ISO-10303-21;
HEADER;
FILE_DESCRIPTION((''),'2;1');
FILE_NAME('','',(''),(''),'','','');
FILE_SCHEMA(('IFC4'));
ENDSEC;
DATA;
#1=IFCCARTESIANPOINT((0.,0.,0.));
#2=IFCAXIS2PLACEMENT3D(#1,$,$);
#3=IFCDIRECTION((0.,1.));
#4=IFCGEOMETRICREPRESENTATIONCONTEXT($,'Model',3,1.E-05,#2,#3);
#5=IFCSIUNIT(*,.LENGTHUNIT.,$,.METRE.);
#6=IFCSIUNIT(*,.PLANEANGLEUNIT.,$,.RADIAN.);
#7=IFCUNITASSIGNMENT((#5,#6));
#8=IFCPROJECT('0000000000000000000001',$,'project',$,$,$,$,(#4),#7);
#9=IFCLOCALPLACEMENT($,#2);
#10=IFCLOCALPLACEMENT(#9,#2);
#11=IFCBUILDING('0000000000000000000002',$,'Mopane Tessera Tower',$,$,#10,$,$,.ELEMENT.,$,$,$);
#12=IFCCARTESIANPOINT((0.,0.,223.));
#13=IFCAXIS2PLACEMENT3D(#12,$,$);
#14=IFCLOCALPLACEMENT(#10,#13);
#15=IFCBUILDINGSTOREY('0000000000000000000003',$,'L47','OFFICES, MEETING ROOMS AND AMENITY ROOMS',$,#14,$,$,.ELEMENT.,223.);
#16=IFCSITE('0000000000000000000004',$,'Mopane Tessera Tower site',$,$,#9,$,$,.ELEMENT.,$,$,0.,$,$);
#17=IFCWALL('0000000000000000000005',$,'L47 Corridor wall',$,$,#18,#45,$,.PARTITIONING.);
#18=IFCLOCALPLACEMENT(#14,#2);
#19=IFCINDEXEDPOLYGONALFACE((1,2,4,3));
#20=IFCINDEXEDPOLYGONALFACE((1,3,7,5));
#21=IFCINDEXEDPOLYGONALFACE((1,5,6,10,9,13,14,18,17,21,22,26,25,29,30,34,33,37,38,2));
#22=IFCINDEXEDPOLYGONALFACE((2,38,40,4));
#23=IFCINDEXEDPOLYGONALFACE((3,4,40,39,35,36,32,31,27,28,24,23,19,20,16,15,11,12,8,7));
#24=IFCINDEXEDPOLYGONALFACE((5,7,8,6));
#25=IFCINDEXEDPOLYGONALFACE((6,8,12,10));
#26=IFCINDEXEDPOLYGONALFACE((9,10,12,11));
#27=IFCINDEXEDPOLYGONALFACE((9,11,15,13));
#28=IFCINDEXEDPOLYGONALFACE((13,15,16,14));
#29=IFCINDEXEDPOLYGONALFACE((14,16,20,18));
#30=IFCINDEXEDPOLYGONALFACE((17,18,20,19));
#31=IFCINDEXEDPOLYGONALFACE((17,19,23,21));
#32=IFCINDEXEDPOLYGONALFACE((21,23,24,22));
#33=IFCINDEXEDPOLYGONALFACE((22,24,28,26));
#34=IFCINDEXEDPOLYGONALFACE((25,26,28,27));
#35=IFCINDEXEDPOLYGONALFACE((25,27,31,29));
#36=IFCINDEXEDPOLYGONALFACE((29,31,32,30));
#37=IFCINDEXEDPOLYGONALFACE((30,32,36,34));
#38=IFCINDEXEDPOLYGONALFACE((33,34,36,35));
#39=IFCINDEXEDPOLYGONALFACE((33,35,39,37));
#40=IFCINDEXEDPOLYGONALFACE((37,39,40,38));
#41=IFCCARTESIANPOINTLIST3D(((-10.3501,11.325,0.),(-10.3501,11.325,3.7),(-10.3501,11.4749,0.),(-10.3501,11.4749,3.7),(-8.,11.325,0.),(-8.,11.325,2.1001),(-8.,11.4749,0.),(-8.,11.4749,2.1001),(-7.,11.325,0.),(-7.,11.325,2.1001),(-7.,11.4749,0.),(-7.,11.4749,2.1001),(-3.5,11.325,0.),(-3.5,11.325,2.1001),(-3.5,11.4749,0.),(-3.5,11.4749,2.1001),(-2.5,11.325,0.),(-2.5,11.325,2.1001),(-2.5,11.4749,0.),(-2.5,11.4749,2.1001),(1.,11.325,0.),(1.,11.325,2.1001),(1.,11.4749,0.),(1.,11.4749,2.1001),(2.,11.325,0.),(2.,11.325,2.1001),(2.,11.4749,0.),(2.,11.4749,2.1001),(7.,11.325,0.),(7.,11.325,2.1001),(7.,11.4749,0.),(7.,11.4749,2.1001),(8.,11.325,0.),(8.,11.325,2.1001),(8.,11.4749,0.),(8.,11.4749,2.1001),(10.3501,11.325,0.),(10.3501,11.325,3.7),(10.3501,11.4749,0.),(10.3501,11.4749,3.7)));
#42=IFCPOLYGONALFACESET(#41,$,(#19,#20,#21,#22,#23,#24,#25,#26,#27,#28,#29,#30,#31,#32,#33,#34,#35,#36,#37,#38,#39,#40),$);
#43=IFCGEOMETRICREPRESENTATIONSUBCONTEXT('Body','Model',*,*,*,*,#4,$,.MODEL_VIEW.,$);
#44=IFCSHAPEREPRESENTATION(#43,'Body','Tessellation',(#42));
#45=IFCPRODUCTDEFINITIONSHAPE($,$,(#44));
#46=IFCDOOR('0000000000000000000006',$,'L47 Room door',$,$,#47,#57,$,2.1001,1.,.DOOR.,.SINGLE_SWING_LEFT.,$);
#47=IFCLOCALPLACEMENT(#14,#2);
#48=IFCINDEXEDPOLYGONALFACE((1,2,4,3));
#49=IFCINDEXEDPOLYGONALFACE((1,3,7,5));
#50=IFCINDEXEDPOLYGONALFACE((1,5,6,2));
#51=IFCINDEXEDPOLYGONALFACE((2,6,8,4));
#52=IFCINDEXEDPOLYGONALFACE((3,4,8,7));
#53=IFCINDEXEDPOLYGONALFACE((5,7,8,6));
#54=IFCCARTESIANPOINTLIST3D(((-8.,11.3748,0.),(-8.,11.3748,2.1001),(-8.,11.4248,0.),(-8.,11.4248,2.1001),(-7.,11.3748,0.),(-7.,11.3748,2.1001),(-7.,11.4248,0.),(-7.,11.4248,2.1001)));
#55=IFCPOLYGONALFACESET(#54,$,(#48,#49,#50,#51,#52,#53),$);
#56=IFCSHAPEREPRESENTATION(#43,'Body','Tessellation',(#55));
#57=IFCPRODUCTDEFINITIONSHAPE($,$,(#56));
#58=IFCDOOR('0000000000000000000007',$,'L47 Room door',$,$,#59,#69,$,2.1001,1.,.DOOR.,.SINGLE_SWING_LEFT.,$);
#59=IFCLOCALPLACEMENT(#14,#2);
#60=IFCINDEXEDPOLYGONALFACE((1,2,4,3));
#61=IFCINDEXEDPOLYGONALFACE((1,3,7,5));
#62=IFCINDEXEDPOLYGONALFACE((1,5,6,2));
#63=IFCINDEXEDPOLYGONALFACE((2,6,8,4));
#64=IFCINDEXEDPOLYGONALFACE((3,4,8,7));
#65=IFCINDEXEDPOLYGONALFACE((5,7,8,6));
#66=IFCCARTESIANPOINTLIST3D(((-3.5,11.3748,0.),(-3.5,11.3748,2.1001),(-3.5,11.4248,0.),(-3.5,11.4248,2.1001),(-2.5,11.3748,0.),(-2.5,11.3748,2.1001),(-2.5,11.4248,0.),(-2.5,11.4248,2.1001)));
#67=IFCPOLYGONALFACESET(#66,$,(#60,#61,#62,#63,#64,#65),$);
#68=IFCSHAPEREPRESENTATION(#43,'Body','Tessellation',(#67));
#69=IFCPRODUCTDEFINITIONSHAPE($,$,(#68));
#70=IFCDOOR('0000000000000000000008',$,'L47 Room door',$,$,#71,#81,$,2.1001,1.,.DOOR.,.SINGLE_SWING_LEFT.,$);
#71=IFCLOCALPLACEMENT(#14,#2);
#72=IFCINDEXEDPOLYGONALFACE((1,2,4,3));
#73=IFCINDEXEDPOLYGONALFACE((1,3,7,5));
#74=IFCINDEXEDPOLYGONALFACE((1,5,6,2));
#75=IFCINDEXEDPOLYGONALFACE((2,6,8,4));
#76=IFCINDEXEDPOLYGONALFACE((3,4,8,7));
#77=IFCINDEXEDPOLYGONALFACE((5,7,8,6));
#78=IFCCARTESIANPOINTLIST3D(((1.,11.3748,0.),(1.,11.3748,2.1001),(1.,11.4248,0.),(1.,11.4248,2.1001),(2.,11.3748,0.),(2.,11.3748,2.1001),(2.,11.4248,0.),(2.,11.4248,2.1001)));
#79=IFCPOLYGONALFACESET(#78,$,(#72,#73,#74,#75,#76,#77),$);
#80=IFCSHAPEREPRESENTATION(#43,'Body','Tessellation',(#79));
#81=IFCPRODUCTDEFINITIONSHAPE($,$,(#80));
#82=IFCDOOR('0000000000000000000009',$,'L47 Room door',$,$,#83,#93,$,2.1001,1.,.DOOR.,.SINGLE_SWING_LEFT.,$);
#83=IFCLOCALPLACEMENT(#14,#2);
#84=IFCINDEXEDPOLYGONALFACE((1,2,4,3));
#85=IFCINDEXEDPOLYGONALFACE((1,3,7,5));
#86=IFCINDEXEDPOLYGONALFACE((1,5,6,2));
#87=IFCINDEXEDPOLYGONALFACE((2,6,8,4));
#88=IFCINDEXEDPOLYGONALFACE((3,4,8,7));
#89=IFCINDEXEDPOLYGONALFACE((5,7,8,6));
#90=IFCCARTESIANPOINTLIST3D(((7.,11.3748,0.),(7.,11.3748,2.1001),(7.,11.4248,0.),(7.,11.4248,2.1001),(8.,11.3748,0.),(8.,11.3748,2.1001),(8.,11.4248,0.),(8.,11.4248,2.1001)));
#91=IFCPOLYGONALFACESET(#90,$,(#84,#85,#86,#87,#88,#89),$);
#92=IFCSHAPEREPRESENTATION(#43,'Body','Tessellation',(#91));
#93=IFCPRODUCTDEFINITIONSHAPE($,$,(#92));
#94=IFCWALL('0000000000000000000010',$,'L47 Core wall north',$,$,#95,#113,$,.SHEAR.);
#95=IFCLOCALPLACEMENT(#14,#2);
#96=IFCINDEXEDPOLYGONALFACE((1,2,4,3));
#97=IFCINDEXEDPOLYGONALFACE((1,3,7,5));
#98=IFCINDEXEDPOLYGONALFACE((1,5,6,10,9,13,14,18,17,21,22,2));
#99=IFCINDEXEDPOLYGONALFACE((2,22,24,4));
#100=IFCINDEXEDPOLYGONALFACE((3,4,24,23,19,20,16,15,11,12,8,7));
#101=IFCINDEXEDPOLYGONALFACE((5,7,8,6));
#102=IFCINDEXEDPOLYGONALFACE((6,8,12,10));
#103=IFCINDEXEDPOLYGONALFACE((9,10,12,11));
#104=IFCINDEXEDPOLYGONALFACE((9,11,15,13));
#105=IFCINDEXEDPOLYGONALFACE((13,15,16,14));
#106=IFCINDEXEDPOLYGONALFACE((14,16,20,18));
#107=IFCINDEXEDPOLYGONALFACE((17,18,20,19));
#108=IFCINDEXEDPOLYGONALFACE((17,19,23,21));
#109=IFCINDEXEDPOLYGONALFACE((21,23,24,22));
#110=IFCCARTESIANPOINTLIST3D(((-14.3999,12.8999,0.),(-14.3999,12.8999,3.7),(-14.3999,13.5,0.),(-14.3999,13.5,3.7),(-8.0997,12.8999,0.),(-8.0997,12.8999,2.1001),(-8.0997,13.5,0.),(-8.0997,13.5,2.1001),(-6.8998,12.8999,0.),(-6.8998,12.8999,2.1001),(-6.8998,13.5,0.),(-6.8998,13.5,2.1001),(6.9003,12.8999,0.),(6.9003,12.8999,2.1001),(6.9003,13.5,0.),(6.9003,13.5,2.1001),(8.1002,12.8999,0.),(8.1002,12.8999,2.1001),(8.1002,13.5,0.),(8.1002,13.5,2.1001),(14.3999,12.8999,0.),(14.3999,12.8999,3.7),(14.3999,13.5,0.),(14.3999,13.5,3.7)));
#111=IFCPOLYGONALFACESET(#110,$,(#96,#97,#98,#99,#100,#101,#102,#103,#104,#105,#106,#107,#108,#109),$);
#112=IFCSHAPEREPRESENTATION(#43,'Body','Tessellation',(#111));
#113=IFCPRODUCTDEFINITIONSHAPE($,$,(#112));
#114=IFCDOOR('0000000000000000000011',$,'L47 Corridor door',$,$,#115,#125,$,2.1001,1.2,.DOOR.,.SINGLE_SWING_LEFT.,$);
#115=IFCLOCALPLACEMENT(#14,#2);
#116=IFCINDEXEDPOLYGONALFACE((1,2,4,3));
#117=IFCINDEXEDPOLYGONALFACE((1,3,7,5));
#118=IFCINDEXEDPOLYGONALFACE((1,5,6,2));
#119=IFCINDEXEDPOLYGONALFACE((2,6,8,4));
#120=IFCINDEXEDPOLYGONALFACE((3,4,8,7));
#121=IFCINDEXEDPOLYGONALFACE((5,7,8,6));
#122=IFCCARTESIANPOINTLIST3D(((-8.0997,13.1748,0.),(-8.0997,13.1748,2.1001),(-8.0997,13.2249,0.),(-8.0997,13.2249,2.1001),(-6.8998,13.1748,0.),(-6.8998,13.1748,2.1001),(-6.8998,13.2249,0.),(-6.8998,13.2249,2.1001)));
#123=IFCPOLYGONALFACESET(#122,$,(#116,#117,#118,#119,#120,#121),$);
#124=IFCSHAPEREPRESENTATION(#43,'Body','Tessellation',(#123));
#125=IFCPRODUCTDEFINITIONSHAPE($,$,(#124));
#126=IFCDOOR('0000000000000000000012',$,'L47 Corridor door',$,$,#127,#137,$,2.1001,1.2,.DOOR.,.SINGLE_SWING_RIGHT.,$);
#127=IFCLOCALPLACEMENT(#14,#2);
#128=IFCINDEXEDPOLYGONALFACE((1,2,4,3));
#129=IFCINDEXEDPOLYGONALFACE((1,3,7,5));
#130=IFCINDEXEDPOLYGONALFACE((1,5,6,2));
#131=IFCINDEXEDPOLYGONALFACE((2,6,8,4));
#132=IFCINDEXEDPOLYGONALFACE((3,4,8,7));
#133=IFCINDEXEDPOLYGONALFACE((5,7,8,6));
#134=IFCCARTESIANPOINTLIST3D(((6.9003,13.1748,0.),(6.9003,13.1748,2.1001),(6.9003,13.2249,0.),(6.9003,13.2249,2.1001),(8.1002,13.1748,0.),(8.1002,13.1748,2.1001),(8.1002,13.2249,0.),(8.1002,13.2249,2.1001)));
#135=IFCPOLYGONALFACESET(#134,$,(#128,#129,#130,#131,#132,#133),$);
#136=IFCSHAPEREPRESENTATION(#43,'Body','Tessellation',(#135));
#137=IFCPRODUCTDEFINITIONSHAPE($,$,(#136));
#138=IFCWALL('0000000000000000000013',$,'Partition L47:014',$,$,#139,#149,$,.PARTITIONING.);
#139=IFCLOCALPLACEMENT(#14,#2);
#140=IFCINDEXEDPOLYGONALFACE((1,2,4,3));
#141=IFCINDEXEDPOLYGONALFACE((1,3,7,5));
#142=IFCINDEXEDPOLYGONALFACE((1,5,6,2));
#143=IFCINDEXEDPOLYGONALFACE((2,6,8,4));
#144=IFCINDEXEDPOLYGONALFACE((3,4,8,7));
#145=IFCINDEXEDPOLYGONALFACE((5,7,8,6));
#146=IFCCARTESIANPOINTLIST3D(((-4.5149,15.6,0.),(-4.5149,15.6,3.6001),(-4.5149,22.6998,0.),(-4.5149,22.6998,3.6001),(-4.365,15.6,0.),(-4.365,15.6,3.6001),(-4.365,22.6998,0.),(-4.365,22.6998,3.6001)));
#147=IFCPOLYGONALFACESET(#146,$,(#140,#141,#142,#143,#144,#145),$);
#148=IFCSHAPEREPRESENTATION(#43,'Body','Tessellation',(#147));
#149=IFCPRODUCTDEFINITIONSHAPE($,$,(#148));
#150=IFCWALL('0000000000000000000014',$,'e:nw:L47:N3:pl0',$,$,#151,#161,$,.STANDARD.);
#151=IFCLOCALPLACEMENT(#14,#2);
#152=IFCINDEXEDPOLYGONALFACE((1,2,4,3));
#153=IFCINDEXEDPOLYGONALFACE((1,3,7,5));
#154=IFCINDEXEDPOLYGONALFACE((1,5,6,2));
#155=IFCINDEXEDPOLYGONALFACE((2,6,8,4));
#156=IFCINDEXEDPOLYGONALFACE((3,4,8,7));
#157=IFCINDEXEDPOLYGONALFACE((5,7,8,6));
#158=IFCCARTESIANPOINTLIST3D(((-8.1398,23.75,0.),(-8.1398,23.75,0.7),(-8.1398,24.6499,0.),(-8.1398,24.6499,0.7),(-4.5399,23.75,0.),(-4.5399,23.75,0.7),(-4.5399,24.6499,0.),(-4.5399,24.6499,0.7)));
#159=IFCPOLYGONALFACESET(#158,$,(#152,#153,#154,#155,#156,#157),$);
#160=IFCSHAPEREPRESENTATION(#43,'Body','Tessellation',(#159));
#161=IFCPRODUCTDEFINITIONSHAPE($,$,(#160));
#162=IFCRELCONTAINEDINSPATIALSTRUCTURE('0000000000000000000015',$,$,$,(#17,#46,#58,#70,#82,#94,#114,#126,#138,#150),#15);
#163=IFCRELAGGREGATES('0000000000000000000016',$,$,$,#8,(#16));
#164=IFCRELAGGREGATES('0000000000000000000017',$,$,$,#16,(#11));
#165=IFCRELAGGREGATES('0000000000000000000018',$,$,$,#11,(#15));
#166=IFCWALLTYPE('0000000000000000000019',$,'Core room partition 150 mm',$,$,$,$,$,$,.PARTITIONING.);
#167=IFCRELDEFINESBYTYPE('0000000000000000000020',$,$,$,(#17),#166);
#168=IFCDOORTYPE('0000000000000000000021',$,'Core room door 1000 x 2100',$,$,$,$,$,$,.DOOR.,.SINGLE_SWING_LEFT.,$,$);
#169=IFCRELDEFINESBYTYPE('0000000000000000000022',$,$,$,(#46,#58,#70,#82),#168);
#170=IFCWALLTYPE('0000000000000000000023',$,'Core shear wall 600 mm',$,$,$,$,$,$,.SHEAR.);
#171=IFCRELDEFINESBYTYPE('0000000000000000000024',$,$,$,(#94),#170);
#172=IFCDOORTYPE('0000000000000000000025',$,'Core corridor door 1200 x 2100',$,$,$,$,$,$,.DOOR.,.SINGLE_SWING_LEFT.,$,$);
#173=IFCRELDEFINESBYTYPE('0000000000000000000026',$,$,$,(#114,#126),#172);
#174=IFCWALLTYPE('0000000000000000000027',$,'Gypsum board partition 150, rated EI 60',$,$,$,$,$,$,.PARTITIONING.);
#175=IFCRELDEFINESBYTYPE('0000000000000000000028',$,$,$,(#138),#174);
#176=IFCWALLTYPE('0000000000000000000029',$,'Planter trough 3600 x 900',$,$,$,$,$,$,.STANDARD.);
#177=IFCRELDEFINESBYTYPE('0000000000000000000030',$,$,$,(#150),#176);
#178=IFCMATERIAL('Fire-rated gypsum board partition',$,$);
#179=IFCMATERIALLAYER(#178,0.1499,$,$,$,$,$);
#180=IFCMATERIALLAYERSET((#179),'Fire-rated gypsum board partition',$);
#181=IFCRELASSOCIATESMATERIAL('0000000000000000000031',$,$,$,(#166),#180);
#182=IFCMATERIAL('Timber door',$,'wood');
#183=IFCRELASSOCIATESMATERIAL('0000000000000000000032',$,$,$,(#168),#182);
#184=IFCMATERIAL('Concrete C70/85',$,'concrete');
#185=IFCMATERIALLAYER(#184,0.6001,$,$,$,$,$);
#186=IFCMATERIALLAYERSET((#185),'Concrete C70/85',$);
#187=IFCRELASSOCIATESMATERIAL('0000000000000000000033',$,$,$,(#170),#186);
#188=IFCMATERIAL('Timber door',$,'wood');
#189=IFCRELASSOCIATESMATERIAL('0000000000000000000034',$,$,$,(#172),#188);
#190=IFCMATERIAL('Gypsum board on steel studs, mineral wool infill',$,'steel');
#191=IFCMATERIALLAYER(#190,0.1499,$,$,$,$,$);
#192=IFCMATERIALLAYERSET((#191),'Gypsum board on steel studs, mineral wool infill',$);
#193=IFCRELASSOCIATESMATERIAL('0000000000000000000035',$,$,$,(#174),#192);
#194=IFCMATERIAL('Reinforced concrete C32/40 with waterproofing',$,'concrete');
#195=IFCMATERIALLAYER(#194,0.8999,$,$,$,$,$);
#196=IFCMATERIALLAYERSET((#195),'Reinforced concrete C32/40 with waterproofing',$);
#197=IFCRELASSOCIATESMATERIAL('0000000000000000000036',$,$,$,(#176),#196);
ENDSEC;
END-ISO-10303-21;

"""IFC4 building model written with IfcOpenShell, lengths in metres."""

from ifc_helpers import new_model, si_unit, direction, frame, frame_2d, origin, place, context, subcontext, project, spatial, rectangle, extrude, material, layer, layer_set, type_object, element, fill, save


model = new_model("IFC4")

# Units and contexts
model_context = context("Model", 3, precision=1e-05, world=origin(), true_north=direction((0.0, 1.0)))
body_context = subcontext(model_context, "Body", "Model", "MODEL_VIEW")
ifc_project = project(units=[si_unit("LENGTHUNIT", "METRE"), si_unit("PLANEANGLEUNIT", "RADIAN")], contexts=[model_context])

# Site, building, storey
site_placement = place(None, origin())
site = spatial("IfcSite", under=ifc_project, at=site_placement, Name="Mopane Tessera Tower site", CompositionType="ELEMENT", RefElevation=0.0)
building_placement = place(site_placement, origin())
building = spatial("IfcBuilding", under=site, at=building_placement, Name="Mopane Tessera Tower", CompositionType="ELEMENT")
storey_placement = place(building_placement, frame((0.0, 0.0, 223.0)))
storey = spatial("IfcBuildingStorey", under=building, at=storey_placement, Name="L47", Description="OFFICES, MEETING ROOMS AND AMENITY ROOMS", CompositionType="ELEMENT", Elevation=223.0)

# Walls, openings, doors
ifc_material_1 = material(Name="Fire-rated gypsum board partition")
ifc_layer_1 = layer(ifc_material_1, 0.1499)
ifc_layer_set_1 = layer_set([ifc_layer_1], Name="Fire-rated gypsum board partition")
wall_type_1 = type_object("IfcWallType", Name="Core room partition 150 mm", PredefinedType="PARTITIONING", material=ifc_layer_set_1)
wall_1_placement = place(storey_placement, frame((-10.3501, 11.3999, 0.0), z_axis=(0.0, 0.0, 1.0), x_axis=(1.0, 0.0, 0.0)))
wall_1 = element("IfcWall", 1, at=wall_1_placement, inside=storey, type_object=wall_type_1, Name="L47 Corridor wall", PredefinedType="PARTITIONING", context=body_context, shape_type="SweptSolid", body=[
    extrude(rectangle(XDim=20.7002, YDim=0.1499, at=frame_2d((10.3501, 0.0))), origin(), (0.0, 0.0, 1.0), 3.7),
])
opening_1_placement = place(wall_1_placement, frame((2.3501, 0.0, 0.0)))
opening_1 = element("IfcOpeningElement", 2, at=opening_1_placement, cuts=wall_1, PredefinedType="OPENING", context=body_context, shape_type="SweptSolid", body=[
    extrude(rectangle(XDim=1.0, YDim=2.1001, at=frame_2d((0.5, 1.05))), frame((0.0, 0.0869, 0.0), z_axis=(0.0, -1.0, 0.0), x_axis=(1.0, 0.0, 0.0)), (0.0, 0.0, 1.0), 0.1738),
])
opening_2_placement = place(wall_1_placement, frame((6.8501, 0.0, 0.0)))
opening_2 = element("IfcOpeningElement", 3, at=opening_2_placement, cuts=wall_1, PredefinedType="OPENING", context=body_context, shape_type="SweptSolid", body=[
    extrude(rectangle(XDim=1.0, YDim=2.1001, at=frame_2d((0.5, 1.05))), frame((0.0, 0.0869, 0.0), z_axis=(0.0, -1.0, 0.0), x_axis=(1.0, 0.0, 0.0)), (0.0, 0.0, 1.0), 0.1738),
])
opening_3_placement = place(wall_1_placement, frame((11.3501, 0.0, 0.0)))
opening_3 = element("IfcOpeningElement", 4, at=opening_3_placement, cuts=wall_1, PredefinedType="OPENING", context=body_context, shape_type="SweptSolid", body=[
    extrude(rectangle(XDim=1.0, YDim=2.1001, at=frame_2d((0.5, 1.05))), frame((0.0, 0.0869, 0.0), z_axis=(0.0, -1.0, 0.0), x_axis=(1.0, 0.0, 0.0)), (0.0, 0.0, 1.0), 0.1738),
])
opening_4_placement = place(wall_1_placement, frame((17.3501, 0.0, 0.0)))
opening_4 = element("IfcOpeningElement", 5, at=opening_4_placement, cuts=wall_1, PredefinedType="OPENING", context=body_context, shape_type="SweptSolid", body=[
    extrude(rectangle(XDim=1.0, YDim=2.1001, at=frame_2d((0.5, 1.05))), frame((0.0, 0.0869, 0.0), z_axis=(0.0, -1.0, 0.0), x_axis=(1.0, 0.0, 0.0)), (0.0, 0.0, 1.0), 0.1738),
])
ifc_material_2 = material(Name="Timber door", Category="wood")
door_type_1 = type_object("IfcDoorType", Name="Core room door 1000 x 2100", OperationType="SINGLE_SWING_LEFT", PredefinedType="DOOR", material=ifc_material_2)
door_1_placement = place(opening_1_placement, origin())
door_1 = element("IfcDoor", 6, at=door_1_placement, inside=storey, type_object=door_type_1, Name="L47 Room door", OperationType="SINGLE_SWING_LEFT", OverallHeight=2.1001, OverallWidth=1.0, PredefinedType="DOOR", context=body_context, shape_type="SweptSolid", body=[
    extrude(rectangle(XDim=1.0, YDim=2.1001, at=frame_2d((0.5, 1.05))), frame((0.0, 0.0249, 0.0), z_axis=(0.0, -1.0, 0.0), x_axis=(1.0, 0.0, 0.0)), (0.0, 0.0, 1.0), 0.05),
])
fill(opening_1, door_1)
door_2_placement = place(opening_2_placement, origin())
door_2 = element("IfcDoor", 7, at=door_2_placement, inside=storey, type_object=door_type_1, Name="L47 Room door", OperationType="SINGLE_SWING_LEFT", OverallHeight=2.1001, OverallWidth=1.0, PredefinedType="DOOR", context=body_context, shape_type="SweptSolid", body=[
    extrude(rectangle(XDim=1.0, YDim=2.1001, at=frame_2d((0.5, 1.05))), frame((0.0, 0.0249, 0.0), z_axis=(0.0, -1.0, 0.0), x_axis=(1.0, 0.0, 0.0)), (0.0, 0.0, 1.0), 0.05),
])
fill(opening_2, door_2)
door_3_placement = place(opening_3_placement, origin())
door_3 = element("IfcDoor", 8, at=door_3_placement, inside=storey, type_object=door_type_1, Name="L47 Room door", OperationType="SINGLE_SWING_LEFT", OverallHeight=2.1001, OverallWidth=1.0, PredefinedType="DOOR", context=body_context, shape_type="SweptSolid", body=[
    extrude(rectangle(XDim=1.0, YDim=2.1001, at=frame_2d((0.5, 1.05))), frame((0.0, 0.0249, 0.0), z_axis=(0.0, -1.0, 0.0), x_axis=(1.0, 0.0, 0.0)), (0.0, 0.0, 1.0), 0.05),
])
fill(opening_3, door_3)
door_4_placement = place(opening_4_placement, origin())
door_4 = element("IfcDoor", 9, at=door_4_placement, inside=storey, type_object=door_type_1, Name="L47 Room door", OperationType="SINGLE_SWING_LEFT", OverallHeight=2.1001, OverallWidth=1.0, PredefinedType="DOOR", context=body_context, shape_type="SweptSolid", body=[
    extrude(rectangle(XDim=1.0, YDim=2.1001, at=frame_2d((0.5, 1.05))), frame((0.0, 0.0249, 0.0), z_axis=(0.0, -1.0, 0.0), x_axis=(1.0, 0.0, 0.0)), (0.0, 0.0, 1.0), 0.05),
])
fill(opening_4, door_4)
ifc_material_3 = material(Name="Concrete C70/85", Category="concrete")
ifc_layer_2 = layer(ifc_material_3, 0.6001)
ifc_layer_set_2 = layer_set([ifc_layer_2], Name="Concrete C70/85")
wall_type_2 = type_object("IfcWallType", Name="Core shear wall 600 mm", PredefinedType="SHEAR", material=ifc_layer_set_2)
wall_2_placement = place(storey_placement, frame((-14.3999, 13.2, 0.0), z_axis=(0.0, 0.0, 1.0), x_axis=(1.0, 0.0, 0.0)))
wall_2 = element("IfcWall", 10, at=wall_2_placement, inside=storey, type_object=wall_type_2, Name="L47 Core wall north", PredefinedType="SHEAR", context=body_context, shape_type="SweptSolid", body=[
    extrude(rectangle(XDim=28.7998, YDim=0.6001, at=frame_2d((14.3999, 0.0))), origin(), (0.0, 0.0, 1.0), 3.7),
])
opening_5_placement = place(wall_2_placement, frame((6.3, 0.0, 0.0)))
opening_5 = element("IfcOpeningElement", 11, at=opening_5_placement, cuts=wall_2, PredefinedType="OPENING", context=body_context, shape_type="SweptSolid", body=[
    extrude(rectangle(XDim=1.2, YDim=2.1001, at=frame_2d((0.6001, 1.05))), frame((0.0, 0.312, 0.0), z_axis=(0.0, -1.0, 0.0), x_axis=(1.0, 0.0, 0.0)), (0.0, 0.0, 1.0), 0.624),
])
opening_6_placement = place(wall_2_placement, frame((21.3, 0.0, 0.0)))
opening_6 = element("IfcOpeningElement", 12, at=opening_6_placement, cuts=wall_2, PredefinedType="OPENING", context=body_context, shape_type="SweptSolid", body=[
    extrude(rectangle(XDim=1.2, YDim=2.1001, at=frame_2d((0.6001, 1.05))), frame((0.0, 0.312, 0.0), z_axis=(0.0, -1.0, 0.0), x_axis=(1.0, 0.0, 0.0)), (0.0, 0.0, 1.0), 0.624),
])
ifc_material_4 = material(Name="Timber door", Category="wood")
door_type_2 = type_object("IfcDoorType", Name="Core corridor door 1200 x 2100", OperationType="SINGLE_SWING_LEFT", PredefinedType="DOOR", material=ifc_material_4)
door_5_placement = place(opening_5_placement, origin())
door_5 = element("IfcDoor", 13, at=door_5_placement, inside=storey, type_object=door_type_2, Name="L47 Corridor door", OperationType="SINGLE_SWING_LEFT", OverallHeight=2.1001, OverallWidth=1.2, PredefinedType="DOOR", context=body_context, shape_type="SweptSolid", body=[
    extrude(rectangle(XDim=1.2, YDim=2.1001, at=frame_2d((0.6001, 1.05))), frame((0.0, 0.0249, 0.0), z_axis=(0.0, -1.0, 0.0), x_axis=(1.0, 0.0, 0.0)), (0.0, 0.0, 1.0), 0.05),
])
fill(opening_5, door_5)
door_6_placement = place(opening_6_placement, origin())
door_6 = element("IfcDoor", 14, at=door_6_placement, inside=storey, type_object=door_type_2, Name="L47 Corridor door", OperationType="SINGLE_SWING_RIGHT", OverallHeight=2.1001, OverallWidth=1.2, PredefinedType="DOOR", context=body_context, shape_type="SweptSolid", body=[
    extrude(rectangle(XDim=1.2, YDim=2.1001, at=frame_2d((0.6001, 1.05))), frame((0.0, 0.0249, 0.0), z_axis=(0.0, -1.0, 0.0), x_axis=(1.0, 0.0, 0.0)), (0.0, 0.0, 1.0), 0.05),
])
fill(opening_6, door_6)

# Walls
ifc_material_5 = material(Name="Gypsum board on steel studs, mineral wool infill", Category="steel")
ifc_layer_3 = layer(ifc_material_5, 0.1499)
ifc_layer_set_3 = layer_set([ifc_layer_3], Name="Gypsum board on steel studs, mineral wool infill")
wall_type_3 = type_object("IfcWallType", Name="Gypsum board partition 150, rated EI 60", PredefinedType="PARTITIONING", material=ifc_layer_set_3)
wall_3_placement = place(storey_placement, frame((-4.4399, 15.6001, 0.0), z_axis=(0.0, 0.0, 1.0), x_axis=(0.0, 1.0, 0.0)))
element("IfcWall", 15, at=wall_3_placement, inside=storey, type_object=wall_type_3, Name="Partition L47:014", PredefinedType="PARTITIONING", context=body_context, shape_type="SweptSolid", body=[
    extrude(rectangle(XDim=7.0999, YDim=0.1499, at=frame_2d((3.5498, 0.0))), origin(), (0.0, 0.0, 1.0), 3.6001),
])
ifc_material_6 = material(Name="Reinforced concrete C32/40 with waterproofing", Category="concrete")
ifc_layer_4 = layer(ifc_material_6, 0.8999)
ifc_layer_set_4 = layer_set([ifc_layer_4], Name="Reinforced concrete C32/40 with waterproofing")
wall_type_4 = type_object("IfcWallType", Name="Planter trough 3600 x 900", PredefinedType="STANDARD", material=ifc_layer_set_4)
for number, where, z_axis, x_axis, name in (
    (16, (-4.54, 24.2, 0.0), (0.0, 0.0, 1.0), (-1.0, 0.0, 0.0), "e:nw:L47:N3:pl0"),
):
    element("IfcWall", number, at=place(storey_placement, frame(where, z_axis=z_axis, x_axis=x_axis)), inside=storey, type_object=wall_type_4, Name=name, PredefinedType="STANDARD", context=body_context, shape_type="SweptSolid", body=[
        extrude(rectangle(XDim=3.5999, YDim=0.8999, at=frame_2d((1.7998, 0.0))), origin(), (0.0, 0.0, 1.0), 0.7),
    ])

save(model, "model.ifc")
